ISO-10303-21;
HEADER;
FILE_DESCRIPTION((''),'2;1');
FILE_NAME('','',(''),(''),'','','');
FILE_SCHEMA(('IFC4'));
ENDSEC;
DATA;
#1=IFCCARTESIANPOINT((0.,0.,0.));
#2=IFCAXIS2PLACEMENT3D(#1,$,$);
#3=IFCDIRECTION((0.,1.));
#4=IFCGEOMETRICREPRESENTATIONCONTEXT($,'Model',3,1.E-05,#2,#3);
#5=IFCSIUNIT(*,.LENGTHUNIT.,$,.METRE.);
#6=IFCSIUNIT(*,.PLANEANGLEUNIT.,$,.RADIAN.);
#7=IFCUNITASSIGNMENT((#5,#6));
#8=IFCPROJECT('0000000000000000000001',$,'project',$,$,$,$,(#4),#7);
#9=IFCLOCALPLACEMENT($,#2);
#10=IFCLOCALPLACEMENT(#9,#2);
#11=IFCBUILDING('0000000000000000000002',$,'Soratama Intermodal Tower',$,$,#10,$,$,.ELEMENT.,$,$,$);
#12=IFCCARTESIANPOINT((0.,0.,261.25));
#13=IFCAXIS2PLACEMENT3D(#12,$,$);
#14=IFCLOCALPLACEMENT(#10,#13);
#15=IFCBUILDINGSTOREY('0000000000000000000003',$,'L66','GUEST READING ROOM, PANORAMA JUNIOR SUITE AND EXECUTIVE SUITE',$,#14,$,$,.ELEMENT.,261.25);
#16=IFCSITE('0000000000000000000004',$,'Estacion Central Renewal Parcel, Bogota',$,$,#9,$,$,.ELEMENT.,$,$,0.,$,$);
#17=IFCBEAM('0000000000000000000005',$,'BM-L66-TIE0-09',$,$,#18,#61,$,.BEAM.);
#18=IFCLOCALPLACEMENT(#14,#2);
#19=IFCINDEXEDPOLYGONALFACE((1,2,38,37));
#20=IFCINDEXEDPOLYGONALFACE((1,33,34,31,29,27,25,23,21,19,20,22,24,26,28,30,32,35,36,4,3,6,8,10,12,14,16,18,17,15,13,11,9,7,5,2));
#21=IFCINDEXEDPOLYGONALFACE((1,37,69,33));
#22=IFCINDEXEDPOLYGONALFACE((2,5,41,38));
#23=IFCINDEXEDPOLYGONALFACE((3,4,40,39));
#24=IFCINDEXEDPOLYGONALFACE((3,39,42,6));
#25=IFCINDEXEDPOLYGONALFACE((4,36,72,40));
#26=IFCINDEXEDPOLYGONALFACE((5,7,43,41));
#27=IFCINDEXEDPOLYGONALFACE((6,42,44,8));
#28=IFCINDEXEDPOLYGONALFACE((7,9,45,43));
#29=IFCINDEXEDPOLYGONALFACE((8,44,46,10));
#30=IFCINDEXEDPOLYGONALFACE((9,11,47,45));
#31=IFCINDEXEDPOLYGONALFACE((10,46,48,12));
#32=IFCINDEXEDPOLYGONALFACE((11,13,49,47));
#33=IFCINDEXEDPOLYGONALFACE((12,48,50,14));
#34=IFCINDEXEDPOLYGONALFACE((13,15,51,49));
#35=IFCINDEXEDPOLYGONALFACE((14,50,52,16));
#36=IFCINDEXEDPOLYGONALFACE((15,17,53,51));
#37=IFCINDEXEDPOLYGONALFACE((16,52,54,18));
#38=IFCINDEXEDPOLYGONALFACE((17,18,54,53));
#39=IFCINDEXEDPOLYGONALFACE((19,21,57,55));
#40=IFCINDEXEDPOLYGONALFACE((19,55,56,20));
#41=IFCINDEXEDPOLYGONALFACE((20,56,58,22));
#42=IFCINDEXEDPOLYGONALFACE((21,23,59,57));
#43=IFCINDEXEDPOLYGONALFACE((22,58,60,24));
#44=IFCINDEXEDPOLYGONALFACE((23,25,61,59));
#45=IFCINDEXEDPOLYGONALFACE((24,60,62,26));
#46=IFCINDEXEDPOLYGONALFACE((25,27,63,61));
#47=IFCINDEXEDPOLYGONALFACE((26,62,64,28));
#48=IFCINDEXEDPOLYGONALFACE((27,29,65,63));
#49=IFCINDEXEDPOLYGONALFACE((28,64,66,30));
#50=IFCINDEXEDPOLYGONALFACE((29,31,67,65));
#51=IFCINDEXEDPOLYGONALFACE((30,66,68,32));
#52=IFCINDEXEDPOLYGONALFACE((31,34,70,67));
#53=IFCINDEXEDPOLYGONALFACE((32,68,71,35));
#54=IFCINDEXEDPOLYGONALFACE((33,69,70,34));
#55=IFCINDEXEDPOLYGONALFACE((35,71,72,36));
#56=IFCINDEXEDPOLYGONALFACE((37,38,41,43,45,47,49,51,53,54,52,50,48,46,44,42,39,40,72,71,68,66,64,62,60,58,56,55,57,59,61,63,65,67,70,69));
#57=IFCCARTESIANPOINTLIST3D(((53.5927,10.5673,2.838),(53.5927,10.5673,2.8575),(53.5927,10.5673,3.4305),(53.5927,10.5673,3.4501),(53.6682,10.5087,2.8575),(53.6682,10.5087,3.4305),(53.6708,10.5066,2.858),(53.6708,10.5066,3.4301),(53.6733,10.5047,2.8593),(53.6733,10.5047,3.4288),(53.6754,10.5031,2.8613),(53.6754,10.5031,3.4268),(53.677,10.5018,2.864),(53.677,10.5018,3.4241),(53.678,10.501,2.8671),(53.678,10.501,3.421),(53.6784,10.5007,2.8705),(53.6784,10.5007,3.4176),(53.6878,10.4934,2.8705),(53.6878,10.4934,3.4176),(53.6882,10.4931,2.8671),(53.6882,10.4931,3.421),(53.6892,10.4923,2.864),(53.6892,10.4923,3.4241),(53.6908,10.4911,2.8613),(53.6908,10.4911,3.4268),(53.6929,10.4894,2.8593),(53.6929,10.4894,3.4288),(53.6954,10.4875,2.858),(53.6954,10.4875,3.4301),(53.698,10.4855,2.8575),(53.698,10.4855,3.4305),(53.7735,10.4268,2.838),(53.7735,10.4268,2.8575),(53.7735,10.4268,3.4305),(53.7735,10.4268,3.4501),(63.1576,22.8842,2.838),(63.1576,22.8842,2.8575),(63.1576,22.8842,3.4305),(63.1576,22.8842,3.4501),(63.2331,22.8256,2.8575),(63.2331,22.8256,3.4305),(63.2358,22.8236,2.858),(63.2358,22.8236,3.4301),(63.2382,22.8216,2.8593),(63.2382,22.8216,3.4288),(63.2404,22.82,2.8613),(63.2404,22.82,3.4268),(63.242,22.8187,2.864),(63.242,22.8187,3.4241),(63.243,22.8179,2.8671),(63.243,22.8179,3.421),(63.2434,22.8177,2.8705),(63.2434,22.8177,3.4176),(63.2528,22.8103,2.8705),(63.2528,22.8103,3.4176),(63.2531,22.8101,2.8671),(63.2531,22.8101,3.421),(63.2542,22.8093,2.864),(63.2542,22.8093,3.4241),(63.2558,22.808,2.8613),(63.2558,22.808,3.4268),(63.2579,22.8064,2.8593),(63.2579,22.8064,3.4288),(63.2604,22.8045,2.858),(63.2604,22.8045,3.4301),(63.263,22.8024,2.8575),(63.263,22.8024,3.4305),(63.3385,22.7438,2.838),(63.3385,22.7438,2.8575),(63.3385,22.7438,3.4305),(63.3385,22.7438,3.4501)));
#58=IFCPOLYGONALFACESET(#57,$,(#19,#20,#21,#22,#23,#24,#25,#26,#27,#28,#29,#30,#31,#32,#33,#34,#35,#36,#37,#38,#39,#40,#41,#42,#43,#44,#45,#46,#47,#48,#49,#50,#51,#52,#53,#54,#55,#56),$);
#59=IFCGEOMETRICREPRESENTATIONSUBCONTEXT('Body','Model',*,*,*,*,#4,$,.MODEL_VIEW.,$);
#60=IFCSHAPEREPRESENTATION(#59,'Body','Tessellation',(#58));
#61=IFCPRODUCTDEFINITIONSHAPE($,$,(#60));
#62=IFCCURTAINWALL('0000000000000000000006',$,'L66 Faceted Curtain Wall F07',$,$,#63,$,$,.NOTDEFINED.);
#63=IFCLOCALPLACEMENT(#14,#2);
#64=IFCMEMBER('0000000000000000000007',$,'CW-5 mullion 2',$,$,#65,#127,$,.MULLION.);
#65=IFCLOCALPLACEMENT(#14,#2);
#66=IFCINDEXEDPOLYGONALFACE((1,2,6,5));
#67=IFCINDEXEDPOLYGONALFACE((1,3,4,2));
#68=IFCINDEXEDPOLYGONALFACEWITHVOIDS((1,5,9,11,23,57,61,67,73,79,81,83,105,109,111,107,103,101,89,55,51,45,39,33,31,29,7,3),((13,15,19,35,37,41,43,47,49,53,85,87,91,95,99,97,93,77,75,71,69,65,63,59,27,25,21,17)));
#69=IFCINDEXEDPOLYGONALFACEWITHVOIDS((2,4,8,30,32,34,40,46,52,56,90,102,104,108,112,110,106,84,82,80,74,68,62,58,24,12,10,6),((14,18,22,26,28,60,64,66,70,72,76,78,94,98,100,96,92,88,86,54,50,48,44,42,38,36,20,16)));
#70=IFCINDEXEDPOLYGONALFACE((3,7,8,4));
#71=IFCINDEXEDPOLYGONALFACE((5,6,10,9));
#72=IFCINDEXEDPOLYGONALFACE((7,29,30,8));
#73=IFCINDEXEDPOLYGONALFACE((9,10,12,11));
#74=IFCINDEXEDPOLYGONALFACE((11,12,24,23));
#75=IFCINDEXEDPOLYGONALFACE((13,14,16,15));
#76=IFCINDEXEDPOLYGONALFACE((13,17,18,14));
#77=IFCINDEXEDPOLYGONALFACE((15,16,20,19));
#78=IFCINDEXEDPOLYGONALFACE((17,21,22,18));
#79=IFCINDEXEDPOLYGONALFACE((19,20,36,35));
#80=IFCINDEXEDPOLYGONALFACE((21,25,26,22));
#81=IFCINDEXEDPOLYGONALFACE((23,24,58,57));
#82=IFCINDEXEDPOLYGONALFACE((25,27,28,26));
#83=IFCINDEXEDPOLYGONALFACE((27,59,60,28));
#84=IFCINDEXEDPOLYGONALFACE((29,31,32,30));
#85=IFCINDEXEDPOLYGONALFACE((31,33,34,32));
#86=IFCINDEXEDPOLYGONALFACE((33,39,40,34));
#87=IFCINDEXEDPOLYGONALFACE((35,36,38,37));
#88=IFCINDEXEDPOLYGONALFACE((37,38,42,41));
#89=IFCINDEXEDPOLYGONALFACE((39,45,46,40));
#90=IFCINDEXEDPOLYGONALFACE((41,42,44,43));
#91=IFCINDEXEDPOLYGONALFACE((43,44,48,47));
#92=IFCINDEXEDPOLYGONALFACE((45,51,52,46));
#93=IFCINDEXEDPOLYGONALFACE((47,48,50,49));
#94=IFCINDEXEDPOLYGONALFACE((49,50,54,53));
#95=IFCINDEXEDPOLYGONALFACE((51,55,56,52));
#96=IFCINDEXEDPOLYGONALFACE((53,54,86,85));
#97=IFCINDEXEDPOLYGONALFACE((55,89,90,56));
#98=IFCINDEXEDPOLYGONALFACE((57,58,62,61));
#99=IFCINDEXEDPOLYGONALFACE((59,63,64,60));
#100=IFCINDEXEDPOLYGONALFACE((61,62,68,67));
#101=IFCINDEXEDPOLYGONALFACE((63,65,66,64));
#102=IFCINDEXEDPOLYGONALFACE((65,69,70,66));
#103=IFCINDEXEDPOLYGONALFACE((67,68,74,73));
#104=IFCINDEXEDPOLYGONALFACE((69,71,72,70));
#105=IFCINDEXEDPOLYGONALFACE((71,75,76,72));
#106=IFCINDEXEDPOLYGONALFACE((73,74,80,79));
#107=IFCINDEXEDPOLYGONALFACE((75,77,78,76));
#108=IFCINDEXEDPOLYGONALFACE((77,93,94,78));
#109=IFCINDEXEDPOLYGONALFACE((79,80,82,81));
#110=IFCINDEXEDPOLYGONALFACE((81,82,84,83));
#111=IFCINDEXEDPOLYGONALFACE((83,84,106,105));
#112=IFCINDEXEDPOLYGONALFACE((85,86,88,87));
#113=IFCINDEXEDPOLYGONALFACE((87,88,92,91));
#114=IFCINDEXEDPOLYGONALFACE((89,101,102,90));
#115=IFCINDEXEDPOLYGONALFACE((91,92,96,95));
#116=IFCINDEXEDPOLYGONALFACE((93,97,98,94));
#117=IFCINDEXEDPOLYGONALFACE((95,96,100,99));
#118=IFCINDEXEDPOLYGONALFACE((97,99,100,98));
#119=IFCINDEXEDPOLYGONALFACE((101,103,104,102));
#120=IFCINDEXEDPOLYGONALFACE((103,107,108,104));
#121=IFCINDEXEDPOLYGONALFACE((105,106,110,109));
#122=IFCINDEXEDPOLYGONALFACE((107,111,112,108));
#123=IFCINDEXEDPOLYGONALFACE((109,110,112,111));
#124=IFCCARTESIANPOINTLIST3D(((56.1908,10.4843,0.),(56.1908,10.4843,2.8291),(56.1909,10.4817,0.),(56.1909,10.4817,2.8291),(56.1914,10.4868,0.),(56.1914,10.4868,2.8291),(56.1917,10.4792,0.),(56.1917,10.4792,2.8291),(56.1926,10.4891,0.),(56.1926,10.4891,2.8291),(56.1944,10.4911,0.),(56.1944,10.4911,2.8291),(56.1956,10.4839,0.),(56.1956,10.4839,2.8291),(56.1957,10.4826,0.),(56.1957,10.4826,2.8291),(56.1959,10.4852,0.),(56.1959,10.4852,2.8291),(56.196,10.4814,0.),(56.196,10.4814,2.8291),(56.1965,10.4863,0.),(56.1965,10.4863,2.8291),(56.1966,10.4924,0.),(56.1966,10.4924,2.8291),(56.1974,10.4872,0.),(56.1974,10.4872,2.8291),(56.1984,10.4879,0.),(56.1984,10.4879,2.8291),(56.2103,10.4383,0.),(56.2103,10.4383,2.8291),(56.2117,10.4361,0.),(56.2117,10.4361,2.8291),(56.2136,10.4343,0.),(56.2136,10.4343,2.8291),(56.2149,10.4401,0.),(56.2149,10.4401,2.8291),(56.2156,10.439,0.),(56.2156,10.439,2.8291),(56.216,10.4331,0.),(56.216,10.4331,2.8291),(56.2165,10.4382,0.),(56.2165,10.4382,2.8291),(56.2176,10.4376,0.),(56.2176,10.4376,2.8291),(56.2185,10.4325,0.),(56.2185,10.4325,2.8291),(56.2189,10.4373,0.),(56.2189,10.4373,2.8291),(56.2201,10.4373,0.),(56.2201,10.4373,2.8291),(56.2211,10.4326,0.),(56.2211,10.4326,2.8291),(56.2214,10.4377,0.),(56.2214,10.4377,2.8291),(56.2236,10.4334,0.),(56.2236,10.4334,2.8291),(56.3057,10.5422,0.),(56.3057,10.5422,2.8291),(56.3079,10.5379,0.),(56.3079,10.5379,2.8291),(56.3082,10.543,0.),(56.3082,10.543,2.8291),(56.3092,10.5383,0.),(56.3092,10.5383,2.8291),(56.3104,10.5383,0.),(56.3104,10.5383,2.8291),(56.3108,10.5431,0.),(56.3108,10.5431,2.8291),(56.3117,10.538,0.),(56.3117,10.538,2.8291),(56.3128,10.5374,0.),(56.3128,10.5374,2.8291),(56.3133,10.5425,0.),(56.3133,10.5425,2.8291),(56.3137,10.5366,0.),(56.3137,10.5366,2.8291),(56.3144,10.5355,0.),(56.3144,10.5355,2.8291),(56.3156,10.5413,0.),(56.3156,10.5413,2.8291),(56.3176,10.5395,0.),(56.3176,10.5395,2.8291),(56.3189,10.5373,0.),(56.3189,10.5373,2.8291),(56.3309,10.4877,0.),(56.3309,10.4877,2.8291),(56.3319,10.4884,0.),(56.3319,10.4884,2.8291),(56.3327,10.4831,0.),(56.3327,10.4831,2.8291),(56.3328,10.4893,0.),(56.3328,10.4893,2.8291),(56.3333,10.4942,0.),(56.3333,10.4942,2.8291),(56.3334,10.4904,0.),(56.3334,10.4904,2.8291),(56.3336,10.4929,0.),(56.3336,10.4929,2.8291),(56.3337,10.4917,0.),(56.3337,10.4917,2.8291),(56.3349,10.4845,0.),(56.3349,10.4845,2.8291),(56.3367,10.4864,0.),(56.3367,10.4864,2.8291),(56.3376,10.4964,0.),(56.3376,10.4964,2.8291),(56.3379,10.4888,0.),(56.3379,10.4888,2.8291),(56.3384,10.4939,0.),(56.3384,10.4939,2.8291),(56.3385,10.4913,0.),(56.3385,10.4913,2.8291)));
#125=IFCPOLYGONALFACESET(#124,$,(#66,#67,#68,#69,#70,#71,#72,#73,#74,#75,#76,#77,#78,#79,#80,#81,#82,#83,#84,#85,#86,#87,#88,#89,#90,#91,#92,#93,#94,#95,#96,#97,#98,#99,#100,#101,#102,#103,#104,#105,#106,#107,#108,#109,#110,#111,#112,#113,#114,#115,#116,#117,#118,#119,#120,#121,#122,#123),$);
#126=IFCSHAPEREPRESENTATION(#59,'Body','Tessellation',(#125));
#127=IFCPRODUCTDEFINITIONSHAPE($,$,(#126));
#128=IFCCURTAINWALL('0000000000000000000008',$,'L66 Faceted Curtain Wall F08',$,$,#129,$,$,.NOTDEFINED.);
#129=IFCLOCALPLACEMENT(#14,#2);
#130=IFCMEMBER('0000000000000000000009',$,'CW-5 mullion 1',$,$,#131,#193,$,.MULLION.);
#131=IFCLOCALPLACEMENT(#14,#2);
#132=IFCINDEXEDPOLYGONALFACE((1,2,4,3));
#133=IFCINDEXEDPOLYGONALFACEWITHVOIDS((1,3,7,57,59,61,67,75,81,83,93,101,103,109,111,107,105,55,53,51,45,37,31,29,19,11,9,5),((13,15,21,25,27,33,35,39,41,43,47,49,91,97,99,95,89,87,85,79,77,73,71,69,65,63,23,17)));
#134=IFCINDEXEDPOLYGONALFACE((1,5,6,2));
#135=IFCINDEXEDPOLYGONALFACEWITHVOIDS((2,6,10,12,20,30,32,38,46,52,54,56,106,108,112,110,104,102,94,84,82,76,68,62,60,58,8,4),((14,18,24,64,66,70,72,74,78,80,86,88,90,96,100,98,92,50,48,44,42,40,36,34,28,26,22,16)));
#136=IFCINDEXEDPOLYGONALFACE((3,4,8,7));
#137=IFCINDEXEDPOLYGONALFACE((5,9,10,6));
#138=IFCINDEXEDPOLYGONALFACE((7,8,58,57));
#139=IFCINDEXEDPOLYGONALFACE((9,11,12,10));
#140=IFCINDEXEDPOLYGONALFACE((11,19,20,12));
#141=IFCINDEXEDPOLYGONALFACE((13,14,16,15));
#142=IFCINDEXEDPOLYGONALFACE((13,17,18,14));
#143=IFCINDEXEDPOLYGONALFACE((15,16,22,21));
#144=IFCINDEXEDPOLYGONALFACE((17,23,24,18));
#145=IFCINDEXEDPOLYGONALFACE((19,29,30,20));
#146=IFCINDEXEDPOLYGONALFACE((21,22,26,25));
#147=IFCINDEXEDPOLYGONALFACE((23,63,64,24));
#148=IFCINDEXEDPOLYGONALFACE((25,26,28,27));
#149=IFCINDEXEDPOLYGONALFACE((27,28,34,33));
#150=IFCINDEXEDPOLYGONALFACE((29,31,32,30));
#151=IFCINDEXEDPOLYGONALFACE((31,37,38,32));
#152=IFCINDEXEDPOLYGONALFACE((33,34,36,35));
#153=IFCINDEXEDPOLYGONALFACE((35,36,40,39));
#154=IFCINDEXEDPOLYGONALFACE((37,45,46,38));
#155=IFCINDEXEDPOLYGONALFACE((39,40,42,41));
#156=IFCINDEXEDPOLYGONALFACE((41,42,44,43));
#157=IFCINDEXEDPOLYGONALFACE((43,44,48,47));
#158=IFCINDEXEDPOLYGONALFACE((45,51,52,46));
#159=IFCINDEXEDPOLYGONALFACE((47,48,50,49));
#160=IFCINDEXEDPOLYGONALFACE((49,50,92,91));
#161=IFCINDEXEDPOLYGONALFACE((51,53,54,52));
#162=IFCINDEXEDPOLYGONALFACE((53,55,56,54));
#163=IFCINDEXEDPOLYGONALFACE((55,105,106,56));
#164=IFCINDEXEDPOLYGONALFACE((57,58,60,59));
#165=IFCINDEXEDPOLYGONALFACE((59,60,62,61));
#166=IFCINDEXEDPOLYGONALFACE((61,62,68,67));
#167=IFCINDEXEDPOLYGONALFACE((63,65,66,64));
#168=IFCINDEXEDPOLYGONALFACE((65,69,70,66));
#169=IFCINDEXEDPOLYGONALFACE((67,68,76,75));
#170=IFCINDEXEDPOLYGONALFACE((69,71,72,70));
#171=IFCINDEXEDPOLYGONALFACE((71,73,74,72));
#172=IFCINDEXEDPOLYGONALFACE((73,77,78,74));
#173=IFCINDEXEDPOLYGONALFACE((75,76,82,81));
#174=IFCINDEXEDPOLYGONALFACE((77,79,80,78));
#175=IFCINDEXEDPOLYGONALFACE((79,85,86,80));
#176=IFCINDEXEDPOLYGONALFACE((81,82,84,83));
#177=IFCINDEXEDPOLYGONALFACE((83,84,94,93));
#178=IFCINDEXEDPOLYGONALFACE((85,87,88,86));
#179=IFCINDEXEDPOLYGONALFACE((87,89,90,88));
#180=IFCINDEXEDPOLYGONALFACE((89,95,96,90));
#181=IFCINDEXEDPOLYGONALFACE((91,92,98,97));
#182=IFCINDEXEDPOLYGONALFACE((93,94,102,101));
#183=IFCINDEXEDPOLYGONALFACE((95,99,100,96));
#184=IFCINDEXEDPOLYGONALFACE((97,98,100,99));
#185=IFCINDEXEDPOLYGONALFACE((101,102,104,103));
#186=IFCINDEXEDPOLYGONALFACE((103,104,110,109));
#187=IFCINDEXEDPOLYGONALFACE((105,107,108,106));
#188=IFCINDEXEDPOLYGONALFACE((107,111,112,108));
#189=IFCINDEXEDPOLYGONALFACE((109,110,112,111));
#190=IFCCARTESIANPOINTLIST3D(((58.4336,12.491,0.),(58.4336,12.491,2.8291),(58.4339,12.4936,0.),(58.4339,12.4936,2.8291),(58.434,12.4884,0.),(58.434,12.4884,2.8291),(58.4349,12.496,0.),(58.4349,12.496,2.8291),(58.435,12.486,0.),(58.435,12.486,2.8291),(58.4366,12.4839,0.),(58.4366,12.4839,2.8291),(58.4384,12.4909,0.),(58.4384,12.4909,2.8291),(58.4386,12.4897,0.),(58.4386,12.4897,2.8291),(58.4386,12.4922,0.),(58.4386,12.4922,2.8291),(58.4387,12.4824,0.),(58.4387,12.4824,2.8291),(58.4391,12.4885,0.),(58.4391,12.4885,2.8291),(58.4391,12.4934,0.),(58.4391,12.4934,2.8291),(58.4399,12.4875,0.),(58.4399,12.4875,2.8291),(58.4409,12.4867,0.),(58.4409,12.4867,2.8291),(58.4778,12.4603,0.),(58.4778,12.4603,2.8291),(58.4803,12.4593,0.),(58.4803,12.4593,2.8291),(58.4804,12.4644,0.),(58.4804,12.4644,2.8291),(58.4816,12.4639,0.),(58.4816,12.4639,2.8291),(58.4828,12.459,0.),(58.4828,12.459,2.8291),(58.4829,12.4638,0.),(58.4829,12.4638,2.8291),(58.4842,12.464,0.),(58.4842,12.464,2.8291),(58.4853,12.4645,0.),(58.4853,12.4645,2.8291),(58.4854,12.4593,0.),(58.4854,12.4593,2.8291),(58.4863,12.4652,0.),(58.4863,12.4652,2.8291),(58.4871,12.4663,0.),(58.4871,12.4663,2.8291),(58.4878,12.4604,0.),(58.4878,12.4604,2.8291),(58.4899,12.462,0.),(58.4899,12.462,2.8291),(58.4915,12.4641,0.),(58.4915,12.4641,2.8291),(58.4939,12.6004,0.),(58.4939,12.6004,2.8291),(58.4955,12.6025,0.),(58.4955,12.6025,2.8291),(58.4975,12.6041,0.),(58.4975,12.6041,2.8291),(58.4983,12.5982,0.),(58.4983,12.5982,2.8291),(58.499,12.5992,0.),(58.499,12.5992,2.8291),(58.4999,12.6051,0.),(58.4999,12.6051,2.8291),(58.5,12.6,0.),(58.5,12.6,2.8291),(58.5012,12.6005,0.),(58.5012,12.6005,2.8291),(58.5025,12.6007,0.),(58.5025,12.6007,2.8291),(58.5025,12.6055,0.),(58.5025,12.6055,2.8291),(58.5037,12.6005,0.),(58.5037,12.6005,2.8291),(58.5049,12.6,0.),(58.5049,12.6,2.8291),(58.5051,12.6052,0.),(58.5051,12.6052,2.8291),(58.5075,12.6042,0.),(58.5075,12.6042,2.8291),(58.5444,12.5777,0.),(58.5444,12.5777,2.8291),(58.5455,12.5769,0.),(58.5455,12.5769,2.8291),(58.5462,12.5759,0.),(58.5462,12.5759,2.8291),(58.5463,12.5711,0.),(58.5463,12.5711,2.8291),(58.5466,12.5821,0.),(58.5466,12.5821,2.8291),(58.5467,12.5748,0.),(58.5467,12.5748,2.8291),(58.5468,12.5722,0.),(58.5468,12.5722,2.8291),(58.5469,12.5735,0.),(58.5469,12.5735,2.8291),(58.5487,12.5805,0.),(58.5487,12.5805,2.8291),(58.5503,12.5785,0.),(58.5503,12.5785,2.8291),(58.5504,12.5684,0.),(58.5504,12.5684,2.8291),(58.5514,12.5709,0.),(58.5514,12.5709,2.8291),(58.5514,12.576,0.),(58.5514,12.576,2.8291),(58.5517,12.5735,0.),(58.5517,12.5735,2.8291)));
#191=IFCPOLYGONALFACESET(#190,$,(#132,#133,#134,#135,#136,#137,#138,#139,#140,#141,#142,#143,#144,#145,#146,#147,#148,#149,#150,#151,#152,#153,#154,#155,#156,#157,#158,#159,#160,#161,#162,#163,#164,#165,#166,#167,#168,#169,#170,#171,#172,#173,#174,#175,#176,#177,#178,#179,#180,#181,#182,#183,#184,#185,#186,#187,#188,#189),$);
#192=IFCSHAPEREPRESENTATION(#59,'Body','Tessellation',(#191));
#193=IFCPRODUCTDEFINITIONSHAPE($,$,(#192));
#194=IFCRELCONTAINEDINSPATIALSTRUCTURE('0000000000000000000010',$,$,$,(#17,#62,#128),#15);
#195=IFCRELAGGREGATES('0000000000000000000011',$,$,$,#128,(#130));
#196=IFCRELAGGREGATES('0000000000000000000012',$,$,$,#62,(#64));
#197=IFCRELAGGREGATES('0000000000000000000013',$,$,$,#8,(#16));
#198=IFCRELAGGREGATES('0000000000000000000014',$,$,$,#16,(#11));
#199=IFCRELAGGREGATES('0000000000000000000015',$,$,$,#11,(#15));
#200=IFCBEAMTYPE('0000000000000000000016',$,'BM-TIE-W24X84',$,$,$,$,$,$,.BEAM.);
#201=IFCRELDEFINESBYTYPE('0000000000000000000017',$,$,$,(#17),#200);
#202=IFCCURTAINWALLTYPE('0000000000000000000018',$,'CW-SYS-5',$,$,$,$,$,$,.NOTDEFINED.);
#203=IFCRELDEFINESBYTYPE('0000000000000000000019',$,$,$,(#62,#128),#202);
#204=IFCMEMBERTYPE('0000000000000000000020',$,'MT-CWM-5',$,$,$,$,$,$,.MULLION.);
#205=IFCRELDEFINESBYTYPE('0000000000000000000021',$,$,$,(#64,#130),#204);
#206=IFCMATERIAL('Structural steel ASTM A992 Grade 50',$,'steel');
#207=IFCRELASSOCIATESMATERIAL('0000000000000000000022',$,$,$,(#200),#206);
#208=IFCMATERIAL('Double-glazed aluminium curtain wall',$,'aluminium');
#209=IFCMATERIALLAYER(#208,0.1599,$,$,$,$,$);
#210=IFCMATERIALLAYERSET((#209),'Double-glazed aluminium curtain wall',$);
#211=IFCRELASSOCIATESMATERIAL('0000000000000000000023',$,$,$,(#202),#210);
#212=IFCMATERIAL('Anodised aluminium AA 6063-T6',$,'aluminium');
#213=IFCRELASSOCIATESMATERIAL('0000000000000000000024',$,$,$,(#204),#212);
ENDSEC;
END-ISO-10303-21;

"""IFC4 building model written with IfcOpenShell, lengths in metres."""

from ifc_helpers import new_model, si_unit, direction, frame, origin, origin_2d, place, context, subcontext, project, spatial, hollow_rectangle, i_section, extrude, material, layer, layer_set, material_profile, profile_set, type_object, element, aggregate, save


model = new_model("IFC4")

# Units and contexts
model_context = context("Model", 3, precision=1e-05, world=origin(), true_north=direction((0.0, 1.0)))
body_context = subcontext(model_context, "Body", "Model", "MODEL_VIEW")
ifc_project = project(units=[si_unit("LENGTHUNIT", "METRE"), si_unit("PLANEANGLEUNIT", "RADIAN")], contexts=[model_context])

# Site, building, storey
site_placement = place(None, origin())
site = spatial("IfcSite", under=ifc_project, at=site_placement, Name="Estacion Central Renewal Parcel, Bogota", CompositionType="ELEMENT", RefElevation=0.0)
building_placement = place(site_placement, origin())
building = spatial("IfcBuilding", under=site, at=building_placement, Name="Soratama Intermodal Tower", CompositionType="ELEMENT")
storey_placement = place(building_placement, frame((0.0, 0.0, 261.25)))
storey = spatial("IfcBuildingStorey", under=building, at=storey_placement, Name="L66", Description="GUEST READING ROOM, PANORAMA JUNIOR SUITE AND EXECUTIVE SUITE", CompositionType="ELEMENT", Elevation=261.25)

# Beam
ifc_material_1 = material(Name="Structural steel ASTM A992 Grade 50", Category="steel")
ifc_material_profile_1 = material_profile(ifc_material_1, i_section(OverallWidth=0.229, OverallDepth=0.6121, WebThickness=0.012, FlangeThickness=0.0195, FilletRadius=0.0129, at=origin_2d()), Name="W24X84")
ifc_profile_set_1 = profile_set([ifc_material_profile_1], Name="Structural steel ASTM A992 Grade 50")
beam_type_1 = type_object("IfcBeamType", Name="BM-TIE-W24X84", PredefinedType="BEAM", material=ifc_profile_set_1)
beam_1_placement = place(storey_placement, frame((53.6831, 10.4971, 3.144), z_axis=(0.613346, 0.789814, 0.0), x_axis=(-0.789814, 0.613346, 0.0)))
element("IfcBeam", 1, at=beam_1_placement, inside=storey, type_object=beam_type_1, Name="BM-L66-TIE0-09", PredefinedType="BEAM", context=body_context, shape_type="SweptSolid", body=[
    extrude(i_section(OverallWidth=0.229, OverallDepth=0.6121, WebThickness=0.012, FlangeThickness=0.0195, FilletRadius=0.0129, at=origin_2d()), origin(), (0.0, 0.0, 1.0), 15.5947),
])

# Curtain walls, members
ifc_material_2 = material(Name="Double-glazed aluminium curtain wall", Category="aluminium")
ifc_layer_1 = layer(ifc_material_2, 0.1599)
ifc_layer_set_1 = layer_set([ifc_layer_1], Name="Double-glazed aluminium curtain wall")
curtain_wall_type = type_object("IfcCurtainWallType", Name="CW-SYS-5", PredefinedType="NOTDEFINED", material=ifc_layer_set_1)
curtain_wall_1_placement = place(storey_placement, origin())
curtain_wall_1 = element("IfcCurtainWall", 2, at=curtain_wall_1_placement, inside=storey, type_object=curtain_wall_type, Name="L66 Faceted Curtain Wall F07", PredefinedType="NOTDEFINED")
ifc_material_3 = material(Name="Anodised aluminium AA 6063-T6", Category="aluminium")
ifc_material_profile_2 = material_profile(ifc_material_3, hollow_rectangle(XDim=0.0649, YDim=0.1399, WallThickness=0.0049, InnerFilletRadius=0.0049, OuterFilletRadius=0.01, at=origin_2d()), Name="CWM140X65X5")
ifc_profile_set_2 = profile_set([ifc_material_profile_2], Name="Anodised aluminium AA 6063-T6")
member_type_1 = type_object("IfcMemberType", Name="MT-CWM-5", PredefinedType="MULLION", material=ifc_profile_set_2)
member_1_placement = place(storey_placement, frame((56.2646, 10.4878, 0.0), z_axis=(0.0, 0.0, 1.0), x_axis=(-0.415329, 0.909671, 0.0)))
member_1 = element("IfcMember", 3, at=member_1_placement, type_object=member_type_1, Name="CW-5 mullion 2", PredefinedType="MULLION", context=body_context, shape_type="SweptSolid", body=[
    extrude(hollow_rectangle(XDim=0.0649, YDim=0.1399, WallThickness=0.0049, InnerFilletRadius=0.0049, OuterFilletRadius=0.01, at=origin_2d()), origin(), (0.0, 0.0, 1.0), 2.8291),
])
curtain_wall_2_placement = place(storey_placement, origin())
curtain_wall_2 = element("IfcCurtainWall", 4, at=curtain_wall_2_placement, inside=storey, type_object=curtain_wall_type, Name="L66 Faceted Curtain Wall F08", PredefinedType="NOTDEFINED")
member_2_placement = place(storey_placement, frame((58.4927, 12.5322, 0.0), z_axis=(0.0, 0.0, 1.0), x_axis=(-0.870697, 0.49182, 0.0)))
member_2 = element("IfcMember", 5, at=member_2_placement, type_object=member_type_1, Name="CW-5 mullion 1", PredefinedType="MULLION", context=body_context, shape_type="SweptSolid", body=[
    extrude(hollow_rectangle(XDim=0.0649, YDim=0.1399, WallThickness=0.0049, InnerFilletRadius=0.0049, OuterFilletRadius=0.01, at=origin_2d()), origin(), (0.0, 0.0, 1.0), 2.8291),
])

aggregate(curtain_wall_2, [member_2])

aggregate(curtain_wall_1, [member_1])

save(model, "model.ifc")
